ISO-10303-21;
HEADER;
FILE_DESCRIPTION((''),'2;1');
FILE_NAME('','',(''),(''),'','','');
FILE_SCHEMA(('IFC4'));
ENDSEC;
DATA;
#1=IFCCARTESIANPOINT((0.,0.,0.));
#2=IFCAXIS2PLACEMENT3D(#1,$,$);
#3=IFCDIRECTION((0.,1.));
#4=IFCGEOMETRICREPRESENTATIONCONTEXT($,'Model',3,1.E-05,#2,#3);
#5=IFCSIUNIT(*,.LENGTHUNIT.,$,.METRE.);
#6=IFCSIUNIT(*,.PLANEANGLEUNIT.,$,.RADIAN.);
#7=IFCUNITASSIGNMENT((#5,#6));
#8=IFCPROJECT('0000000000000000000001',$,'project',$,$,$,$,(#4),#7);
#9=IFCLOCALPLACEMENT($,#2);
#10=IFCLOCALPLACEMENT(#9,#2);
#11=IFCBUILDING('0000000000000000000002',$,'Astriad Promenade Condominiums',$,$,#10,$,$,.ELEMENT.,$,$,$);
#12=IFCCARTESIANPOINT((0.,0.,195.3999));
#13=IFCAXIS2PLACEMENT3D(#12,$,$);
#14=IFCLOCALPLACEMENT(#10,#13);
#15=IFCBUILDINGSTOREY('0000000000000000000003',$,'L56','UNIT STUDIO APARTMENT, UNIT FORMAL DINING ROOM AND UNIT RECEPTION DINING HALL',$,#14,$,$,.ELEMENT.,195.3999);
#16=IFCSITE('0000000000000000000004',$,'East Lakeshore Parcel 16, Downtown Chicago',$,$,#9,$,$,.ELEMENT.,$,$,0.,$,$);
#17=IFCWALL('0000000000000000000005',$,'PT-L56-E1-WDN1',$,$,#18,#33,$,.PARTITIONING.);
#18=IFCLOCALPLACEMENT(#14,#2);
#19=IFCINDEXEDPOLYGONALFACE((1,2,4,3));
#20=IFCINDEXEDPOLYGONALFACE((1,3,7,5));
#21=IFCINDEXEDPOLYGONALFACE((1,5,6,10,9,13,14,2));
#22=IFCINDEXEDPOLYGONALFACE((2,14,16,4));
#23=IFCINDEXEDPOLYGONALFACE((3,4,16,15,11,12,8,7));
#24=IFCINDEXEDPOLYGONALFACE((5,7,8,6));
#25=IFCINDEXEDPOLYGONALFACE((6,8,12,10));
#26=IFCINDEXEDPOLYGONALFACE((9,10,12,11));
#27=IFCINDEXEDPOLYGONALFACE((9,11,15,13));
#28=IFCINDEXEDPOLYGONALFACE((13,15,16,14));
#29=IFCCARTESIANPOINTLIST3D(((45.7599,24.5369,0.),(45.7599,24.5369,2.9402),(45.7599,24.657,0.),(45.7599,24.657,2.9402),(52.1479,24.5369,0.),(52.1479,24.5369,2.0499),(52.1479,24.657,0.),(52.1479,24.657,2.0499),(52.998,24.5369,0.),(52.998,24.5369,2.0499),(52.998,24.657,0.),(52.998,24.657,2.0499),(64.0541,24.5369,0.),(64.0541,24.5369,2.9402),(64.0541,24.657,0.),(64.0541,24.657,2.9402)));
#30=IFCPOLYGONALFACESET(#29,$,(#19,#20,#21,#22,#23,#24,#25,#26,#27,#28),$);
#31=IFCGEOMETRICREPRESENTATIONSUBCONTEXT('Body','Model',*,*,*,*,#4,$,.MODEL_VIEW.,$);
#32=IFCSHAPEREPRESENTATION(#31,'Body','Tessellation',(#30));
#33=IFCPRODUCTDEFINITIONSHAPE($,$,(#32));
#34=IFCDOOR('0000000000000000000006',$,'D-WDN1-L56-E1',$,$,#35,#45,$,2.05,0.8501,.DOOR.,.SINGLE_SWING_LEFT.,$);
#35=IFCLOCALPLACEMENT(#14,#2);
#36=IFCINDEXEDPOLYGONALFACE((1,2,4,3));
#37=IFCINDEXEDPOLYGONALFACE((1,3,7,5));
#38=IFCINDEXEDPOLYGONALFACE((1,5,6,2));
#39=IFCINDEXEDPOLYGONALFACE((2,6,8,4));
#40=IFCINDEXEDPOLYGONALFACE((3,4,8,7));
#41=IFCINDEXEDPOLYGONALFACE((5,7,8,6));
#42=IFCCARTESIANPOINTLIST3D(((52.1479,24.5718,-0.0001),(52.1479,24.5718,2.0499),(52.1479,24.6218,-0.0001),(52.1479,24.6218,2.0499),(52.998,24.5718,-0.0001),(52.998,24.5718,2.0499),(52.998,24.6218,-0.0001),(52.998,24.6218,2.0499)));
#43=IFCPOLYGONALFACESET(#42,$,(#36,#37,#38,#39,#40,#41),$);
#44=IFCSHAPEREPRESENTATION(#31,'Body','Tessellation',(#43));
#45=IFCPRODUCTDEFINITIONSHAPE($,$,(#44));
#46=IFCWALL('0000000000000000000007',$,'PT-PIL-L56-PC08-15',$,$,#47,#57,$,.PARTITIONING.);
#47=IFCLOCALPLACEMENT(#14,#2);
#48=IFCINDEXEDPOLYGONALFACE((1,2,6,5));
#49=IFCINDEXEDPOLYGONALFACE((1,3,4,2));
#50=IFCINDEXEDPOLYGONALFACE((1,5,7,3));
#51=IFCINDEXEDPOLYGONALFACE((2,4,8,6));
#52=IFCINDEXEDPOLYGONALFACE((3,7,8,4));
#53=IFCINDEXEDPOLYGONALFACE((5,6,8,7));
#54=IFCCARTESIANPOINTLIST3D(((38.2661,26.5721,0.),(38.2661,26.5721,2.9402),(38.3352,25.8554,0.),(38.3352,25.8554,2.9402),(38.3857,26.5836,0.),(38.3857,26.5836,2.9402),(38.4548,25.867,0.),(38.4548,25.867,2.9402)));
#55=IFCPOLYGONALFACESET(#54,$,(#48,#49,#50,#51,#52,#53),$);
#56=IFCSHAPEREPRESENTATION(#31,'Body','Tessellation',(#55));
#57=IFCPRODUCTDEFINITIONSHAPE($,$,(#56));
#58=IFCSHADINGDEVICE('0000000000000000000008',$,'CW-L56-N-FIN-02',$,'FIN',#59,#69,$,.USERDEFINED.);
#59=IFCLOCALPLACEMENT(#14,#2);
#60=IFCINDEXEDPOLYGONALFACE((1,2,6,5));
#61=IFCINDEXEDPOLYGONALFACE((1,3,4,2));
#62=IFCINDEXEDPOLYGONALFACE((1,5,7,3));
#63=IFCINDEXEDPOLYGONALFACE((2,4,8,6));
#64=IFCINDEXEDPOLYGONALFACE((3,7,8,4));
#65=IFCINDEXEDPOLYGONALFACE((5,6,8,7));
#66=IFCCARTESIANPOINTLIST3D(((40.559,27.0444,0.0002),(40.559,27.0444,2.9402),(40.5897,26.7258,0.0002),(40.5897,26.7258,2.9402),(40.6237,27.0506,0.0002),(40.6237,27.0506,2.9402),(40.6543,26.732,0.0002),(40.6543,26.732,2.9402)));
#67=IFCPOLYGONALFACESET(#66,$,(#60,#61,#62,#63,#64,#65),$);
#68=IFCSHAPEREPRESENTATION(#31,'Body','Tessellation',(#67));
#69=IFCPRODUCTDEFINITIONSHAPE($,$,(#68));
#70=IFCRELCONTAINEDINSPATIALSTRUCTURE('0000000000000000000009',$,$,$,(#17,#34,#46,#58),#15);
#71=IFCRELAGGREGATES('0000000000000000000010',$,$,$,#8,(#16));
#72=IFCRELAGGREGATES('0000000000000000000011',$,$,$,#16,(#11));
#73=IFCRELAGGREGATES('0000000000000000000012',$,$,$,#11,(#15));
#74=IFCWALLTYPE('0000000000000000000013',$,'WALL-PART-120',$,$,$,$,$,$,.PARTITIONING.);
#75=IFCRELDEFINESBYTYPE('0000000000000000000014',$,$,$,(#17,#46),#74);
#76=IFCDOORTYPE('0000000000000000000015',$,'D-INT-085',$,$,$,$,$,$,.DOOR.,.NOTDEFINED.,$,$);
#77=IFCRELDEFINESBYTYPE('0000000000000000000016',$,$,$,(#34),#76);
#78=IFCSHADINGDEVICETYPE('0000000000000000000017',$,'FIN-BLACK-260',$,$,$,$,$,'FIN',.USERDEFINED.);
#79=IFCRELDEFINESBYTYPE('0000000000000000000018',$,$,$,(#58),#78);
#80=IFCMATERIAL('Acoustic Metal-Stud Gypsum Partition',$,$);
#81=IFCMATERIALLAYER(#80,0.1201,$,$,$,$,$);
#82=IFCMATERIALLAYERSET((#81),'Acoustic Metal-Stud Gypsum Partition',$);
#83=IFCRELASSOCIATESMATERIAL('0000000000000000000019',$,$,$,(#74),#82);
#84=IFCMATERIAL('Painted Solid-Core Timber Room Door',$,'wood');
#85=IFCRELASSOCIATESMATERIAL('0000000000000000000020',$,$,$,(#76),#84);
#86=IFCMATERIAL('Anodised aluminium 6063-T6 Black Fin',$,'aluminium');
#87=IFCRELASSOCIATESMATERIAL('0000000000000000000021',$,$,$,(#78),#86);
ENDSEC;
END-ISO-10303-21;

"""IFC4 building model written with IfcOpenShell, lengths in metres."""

from ifc_helpers import new_model, si_unit, direction, frame, frame_2d, origin, origin_2d, place, context, subcontext, project, spatial, rectangle, extrude, source, transform, mapped, material, layer, layer_set, type_object, type_shapes, element, fill, save


model = new_model("IFC4")

# Units and contexts
model_context = context("Model", 3, precision=1e-05, world=origin(), true_north=direction((0.0, 1.0)))
body_context = subcontext(model_context, "Body", "Model", "MODEL_VIEW")
ifc_project = project(units=[si_unit("LENGTHUNIT", "METRE"), si_unit("PLANEANGLEUNIT", "RADIAN")], contexts=[model_context])

# Site, building, storey
site_placement = place(None, origin())
site = spatial("IfcSite", under=ifc_project, at=site_placement, Name="East Lakeshore Parcel 16, Downtown Chicago", CompositionType="ELEMENT", RefElevation=0.0)
building_placement = place(site_placement, origin())
building = spatial("IfcBuilding", under=site, at=building_placement, Name="Astriad Promenade Condominiums", CompositionType="ELEMENT")
storey_placement = place(building_placement, frame((0.0, 0.0, 195.3999)))
storey = spatial("IfcBuildingStorey", under=building, at=storey_placement, Name="L56", Description="UNIT STUDIO APARTMENT, UNIT FORMAL DINING ROOM AND UNIT RECEPTION DINING HALL", CompositionType="ELEMENT", Elevation=195.3999)

# Wall, opening, door
ifc_material_1 = material(Name="Acoustic Metal-Stud Gypsum Partition")
ifc_layer_1 = layer(ifc_material_1, 0.1201)
ifc_layer_set_1 = layer_set([ifc_layer_1], Name="Acoustic Metal-Stud Gypsum Partition")
wall_type_1 = type_object("IfcWallType", Name="WALL-PART-120", PredefinedType="PARTITIONING", material=ifc_layer_set_1)
wall_1_placement = place(storey_placement, frame((45.76, 24.5969, 0.0), z_axis=(0.0, 0.0, 1.0), x_axis=(1.0, 0.0, 0.0)))
wall_1 = element("IfcWall", 1, at=wall_1_placement, inside=storey, type_object=wall_type_1, Name="PT-L56-E1-WDN1", PredefinedType="PARTITIONING", context=body_context, shape_type="SweptSolid", body=[
    extrude(rectangle(XDim=18.2942, YDim=0.1201, at=frame_2d((9.147, 0.0))), origin(), (0.0, 0.0, 1.0), 2.9402),
])
opening_1_placement = place(wall_1_placement, frame((6.3879, 0.0, 0.0)))
opening_1 = element("IfcOpeningElement", 2, at=opening_1_placement, cuts=wall_1, PredefinedType="OPENING", context=body_context, shape_type="SweptSolid", body=[
    extrude(rectangle(XDim=0.8501, YDim=2.05, at=frame_2d((0.425, 1.0249))), frame((0.0, 0.0701, 0.0), z_axis=(0.0, -1.0, 0.0), x_axis=(1.0, 0.0, 0.0)), (0.0, 0.0, 1.0), 0.1401),
])
ifc_material_2 = material(Name="Painted Solid-Core Timber Room Door", Category="wood")
door_type_1 = type_object("IfcDoorType", Name="D-INT-085", OperationType="NOTDEFINED", PredefinedType="DOOR", material=ifc_material_2)
shared_shape_1 = source(origin(), body_context, "Body", "SweptSolid", [
    extrude(rectangle(XDim=0.8501, YDim=2.05, at=frame_2d((0.425, 1.0249))), frame((0.0, 0.0249, 0.0), z_axis=(0.0, -1.0, 0.0), x_axis=(1.0, 0.0, 0.0)), (0.0, 0.0, 1.0), 0.05),
])
type_shapes(door_type_1, [shared_shape_1])
door_1_placement = place(opening_1_placement, origin())
door_1 = element("IfcDoor", 3, at=door_1_placement, inside=storey, type_object=door_type_1, Name="D-WDN1-L56-E1", OperationType="SINGLE_SWING_LEFT", OverallHeight=2.05, OverallWidth=0.8501, PredefinedType="DOOR", context=body_context, shape_type="MappedRepresentation", body=[
    mapped(shared_shape_1, transform((0.0, 0.0, 0.0), scale=1.0)),
])
fill(opening_1, door_1)

# Wall
wall_2_placement = place(storey_placement, frame((38.395, 25.8613, 0.0), z_axis=(0.0, 0.0, 1.0), x_axis=(-0.095977, 0.995384, 0.0)))
element("IfcWall", 4, at=wall_2_placement, inside=storey, type_object=wall_type_1, Name="PT-PIL-L56-PC08-15", PredefinedType="PARTITIONING", context=body_context, shape_type="SweptSolid", body=[
    extrude(rectangle(XDim=0.72, YDim=0.1201, at=frame_2d((0.3599, 0.0))), origin(), (0.0, 0.0, 1.0), 2.9402),
])

# Shading device
ifc_material_3 = material(Name="Anodised aluminium 6063-T6 Black Fin", Category="aluminium")
shading_device_type = type_object("IfcShadingDeviceType", Name="FIN-BLACK-260", ElementType="FIN", PredefinedType="USERDEFINED", material=ifc_material_3)
shared_shape_2 = source(origin(), body_context, "Body", "SweptSolid", [
    extrude(rectangle(XDim=0.0649, YDim=0.3201, at=origin_2d()), origin(), (0.0, 0.0, 1.0), 2.9399),
])
type_shapes(shading_device_type, [shared_shape_2])
shading_device_placement = place(storey_placement, frame((40.6067, 26.8882, 0.0002), z_axis=(0.0, 0.0, 1.0), x_axis=(0.995396, 0.095846, 0.0)))
element("IfcShadingDevice", 5, at=shading_device_placement, inside=storey, type_object=shading_device_type, Name="CW-L56-N-FIN-02", ObjectType="FIN", PredefinedType="USERDEFINED", context=body_context, shape_type="MappedRepresentation", body=[
    mapped(shared_shape_2, transform((0.0, 0.0, 0.0), scale=1.0)),
])

save(model, "model.ifc")
